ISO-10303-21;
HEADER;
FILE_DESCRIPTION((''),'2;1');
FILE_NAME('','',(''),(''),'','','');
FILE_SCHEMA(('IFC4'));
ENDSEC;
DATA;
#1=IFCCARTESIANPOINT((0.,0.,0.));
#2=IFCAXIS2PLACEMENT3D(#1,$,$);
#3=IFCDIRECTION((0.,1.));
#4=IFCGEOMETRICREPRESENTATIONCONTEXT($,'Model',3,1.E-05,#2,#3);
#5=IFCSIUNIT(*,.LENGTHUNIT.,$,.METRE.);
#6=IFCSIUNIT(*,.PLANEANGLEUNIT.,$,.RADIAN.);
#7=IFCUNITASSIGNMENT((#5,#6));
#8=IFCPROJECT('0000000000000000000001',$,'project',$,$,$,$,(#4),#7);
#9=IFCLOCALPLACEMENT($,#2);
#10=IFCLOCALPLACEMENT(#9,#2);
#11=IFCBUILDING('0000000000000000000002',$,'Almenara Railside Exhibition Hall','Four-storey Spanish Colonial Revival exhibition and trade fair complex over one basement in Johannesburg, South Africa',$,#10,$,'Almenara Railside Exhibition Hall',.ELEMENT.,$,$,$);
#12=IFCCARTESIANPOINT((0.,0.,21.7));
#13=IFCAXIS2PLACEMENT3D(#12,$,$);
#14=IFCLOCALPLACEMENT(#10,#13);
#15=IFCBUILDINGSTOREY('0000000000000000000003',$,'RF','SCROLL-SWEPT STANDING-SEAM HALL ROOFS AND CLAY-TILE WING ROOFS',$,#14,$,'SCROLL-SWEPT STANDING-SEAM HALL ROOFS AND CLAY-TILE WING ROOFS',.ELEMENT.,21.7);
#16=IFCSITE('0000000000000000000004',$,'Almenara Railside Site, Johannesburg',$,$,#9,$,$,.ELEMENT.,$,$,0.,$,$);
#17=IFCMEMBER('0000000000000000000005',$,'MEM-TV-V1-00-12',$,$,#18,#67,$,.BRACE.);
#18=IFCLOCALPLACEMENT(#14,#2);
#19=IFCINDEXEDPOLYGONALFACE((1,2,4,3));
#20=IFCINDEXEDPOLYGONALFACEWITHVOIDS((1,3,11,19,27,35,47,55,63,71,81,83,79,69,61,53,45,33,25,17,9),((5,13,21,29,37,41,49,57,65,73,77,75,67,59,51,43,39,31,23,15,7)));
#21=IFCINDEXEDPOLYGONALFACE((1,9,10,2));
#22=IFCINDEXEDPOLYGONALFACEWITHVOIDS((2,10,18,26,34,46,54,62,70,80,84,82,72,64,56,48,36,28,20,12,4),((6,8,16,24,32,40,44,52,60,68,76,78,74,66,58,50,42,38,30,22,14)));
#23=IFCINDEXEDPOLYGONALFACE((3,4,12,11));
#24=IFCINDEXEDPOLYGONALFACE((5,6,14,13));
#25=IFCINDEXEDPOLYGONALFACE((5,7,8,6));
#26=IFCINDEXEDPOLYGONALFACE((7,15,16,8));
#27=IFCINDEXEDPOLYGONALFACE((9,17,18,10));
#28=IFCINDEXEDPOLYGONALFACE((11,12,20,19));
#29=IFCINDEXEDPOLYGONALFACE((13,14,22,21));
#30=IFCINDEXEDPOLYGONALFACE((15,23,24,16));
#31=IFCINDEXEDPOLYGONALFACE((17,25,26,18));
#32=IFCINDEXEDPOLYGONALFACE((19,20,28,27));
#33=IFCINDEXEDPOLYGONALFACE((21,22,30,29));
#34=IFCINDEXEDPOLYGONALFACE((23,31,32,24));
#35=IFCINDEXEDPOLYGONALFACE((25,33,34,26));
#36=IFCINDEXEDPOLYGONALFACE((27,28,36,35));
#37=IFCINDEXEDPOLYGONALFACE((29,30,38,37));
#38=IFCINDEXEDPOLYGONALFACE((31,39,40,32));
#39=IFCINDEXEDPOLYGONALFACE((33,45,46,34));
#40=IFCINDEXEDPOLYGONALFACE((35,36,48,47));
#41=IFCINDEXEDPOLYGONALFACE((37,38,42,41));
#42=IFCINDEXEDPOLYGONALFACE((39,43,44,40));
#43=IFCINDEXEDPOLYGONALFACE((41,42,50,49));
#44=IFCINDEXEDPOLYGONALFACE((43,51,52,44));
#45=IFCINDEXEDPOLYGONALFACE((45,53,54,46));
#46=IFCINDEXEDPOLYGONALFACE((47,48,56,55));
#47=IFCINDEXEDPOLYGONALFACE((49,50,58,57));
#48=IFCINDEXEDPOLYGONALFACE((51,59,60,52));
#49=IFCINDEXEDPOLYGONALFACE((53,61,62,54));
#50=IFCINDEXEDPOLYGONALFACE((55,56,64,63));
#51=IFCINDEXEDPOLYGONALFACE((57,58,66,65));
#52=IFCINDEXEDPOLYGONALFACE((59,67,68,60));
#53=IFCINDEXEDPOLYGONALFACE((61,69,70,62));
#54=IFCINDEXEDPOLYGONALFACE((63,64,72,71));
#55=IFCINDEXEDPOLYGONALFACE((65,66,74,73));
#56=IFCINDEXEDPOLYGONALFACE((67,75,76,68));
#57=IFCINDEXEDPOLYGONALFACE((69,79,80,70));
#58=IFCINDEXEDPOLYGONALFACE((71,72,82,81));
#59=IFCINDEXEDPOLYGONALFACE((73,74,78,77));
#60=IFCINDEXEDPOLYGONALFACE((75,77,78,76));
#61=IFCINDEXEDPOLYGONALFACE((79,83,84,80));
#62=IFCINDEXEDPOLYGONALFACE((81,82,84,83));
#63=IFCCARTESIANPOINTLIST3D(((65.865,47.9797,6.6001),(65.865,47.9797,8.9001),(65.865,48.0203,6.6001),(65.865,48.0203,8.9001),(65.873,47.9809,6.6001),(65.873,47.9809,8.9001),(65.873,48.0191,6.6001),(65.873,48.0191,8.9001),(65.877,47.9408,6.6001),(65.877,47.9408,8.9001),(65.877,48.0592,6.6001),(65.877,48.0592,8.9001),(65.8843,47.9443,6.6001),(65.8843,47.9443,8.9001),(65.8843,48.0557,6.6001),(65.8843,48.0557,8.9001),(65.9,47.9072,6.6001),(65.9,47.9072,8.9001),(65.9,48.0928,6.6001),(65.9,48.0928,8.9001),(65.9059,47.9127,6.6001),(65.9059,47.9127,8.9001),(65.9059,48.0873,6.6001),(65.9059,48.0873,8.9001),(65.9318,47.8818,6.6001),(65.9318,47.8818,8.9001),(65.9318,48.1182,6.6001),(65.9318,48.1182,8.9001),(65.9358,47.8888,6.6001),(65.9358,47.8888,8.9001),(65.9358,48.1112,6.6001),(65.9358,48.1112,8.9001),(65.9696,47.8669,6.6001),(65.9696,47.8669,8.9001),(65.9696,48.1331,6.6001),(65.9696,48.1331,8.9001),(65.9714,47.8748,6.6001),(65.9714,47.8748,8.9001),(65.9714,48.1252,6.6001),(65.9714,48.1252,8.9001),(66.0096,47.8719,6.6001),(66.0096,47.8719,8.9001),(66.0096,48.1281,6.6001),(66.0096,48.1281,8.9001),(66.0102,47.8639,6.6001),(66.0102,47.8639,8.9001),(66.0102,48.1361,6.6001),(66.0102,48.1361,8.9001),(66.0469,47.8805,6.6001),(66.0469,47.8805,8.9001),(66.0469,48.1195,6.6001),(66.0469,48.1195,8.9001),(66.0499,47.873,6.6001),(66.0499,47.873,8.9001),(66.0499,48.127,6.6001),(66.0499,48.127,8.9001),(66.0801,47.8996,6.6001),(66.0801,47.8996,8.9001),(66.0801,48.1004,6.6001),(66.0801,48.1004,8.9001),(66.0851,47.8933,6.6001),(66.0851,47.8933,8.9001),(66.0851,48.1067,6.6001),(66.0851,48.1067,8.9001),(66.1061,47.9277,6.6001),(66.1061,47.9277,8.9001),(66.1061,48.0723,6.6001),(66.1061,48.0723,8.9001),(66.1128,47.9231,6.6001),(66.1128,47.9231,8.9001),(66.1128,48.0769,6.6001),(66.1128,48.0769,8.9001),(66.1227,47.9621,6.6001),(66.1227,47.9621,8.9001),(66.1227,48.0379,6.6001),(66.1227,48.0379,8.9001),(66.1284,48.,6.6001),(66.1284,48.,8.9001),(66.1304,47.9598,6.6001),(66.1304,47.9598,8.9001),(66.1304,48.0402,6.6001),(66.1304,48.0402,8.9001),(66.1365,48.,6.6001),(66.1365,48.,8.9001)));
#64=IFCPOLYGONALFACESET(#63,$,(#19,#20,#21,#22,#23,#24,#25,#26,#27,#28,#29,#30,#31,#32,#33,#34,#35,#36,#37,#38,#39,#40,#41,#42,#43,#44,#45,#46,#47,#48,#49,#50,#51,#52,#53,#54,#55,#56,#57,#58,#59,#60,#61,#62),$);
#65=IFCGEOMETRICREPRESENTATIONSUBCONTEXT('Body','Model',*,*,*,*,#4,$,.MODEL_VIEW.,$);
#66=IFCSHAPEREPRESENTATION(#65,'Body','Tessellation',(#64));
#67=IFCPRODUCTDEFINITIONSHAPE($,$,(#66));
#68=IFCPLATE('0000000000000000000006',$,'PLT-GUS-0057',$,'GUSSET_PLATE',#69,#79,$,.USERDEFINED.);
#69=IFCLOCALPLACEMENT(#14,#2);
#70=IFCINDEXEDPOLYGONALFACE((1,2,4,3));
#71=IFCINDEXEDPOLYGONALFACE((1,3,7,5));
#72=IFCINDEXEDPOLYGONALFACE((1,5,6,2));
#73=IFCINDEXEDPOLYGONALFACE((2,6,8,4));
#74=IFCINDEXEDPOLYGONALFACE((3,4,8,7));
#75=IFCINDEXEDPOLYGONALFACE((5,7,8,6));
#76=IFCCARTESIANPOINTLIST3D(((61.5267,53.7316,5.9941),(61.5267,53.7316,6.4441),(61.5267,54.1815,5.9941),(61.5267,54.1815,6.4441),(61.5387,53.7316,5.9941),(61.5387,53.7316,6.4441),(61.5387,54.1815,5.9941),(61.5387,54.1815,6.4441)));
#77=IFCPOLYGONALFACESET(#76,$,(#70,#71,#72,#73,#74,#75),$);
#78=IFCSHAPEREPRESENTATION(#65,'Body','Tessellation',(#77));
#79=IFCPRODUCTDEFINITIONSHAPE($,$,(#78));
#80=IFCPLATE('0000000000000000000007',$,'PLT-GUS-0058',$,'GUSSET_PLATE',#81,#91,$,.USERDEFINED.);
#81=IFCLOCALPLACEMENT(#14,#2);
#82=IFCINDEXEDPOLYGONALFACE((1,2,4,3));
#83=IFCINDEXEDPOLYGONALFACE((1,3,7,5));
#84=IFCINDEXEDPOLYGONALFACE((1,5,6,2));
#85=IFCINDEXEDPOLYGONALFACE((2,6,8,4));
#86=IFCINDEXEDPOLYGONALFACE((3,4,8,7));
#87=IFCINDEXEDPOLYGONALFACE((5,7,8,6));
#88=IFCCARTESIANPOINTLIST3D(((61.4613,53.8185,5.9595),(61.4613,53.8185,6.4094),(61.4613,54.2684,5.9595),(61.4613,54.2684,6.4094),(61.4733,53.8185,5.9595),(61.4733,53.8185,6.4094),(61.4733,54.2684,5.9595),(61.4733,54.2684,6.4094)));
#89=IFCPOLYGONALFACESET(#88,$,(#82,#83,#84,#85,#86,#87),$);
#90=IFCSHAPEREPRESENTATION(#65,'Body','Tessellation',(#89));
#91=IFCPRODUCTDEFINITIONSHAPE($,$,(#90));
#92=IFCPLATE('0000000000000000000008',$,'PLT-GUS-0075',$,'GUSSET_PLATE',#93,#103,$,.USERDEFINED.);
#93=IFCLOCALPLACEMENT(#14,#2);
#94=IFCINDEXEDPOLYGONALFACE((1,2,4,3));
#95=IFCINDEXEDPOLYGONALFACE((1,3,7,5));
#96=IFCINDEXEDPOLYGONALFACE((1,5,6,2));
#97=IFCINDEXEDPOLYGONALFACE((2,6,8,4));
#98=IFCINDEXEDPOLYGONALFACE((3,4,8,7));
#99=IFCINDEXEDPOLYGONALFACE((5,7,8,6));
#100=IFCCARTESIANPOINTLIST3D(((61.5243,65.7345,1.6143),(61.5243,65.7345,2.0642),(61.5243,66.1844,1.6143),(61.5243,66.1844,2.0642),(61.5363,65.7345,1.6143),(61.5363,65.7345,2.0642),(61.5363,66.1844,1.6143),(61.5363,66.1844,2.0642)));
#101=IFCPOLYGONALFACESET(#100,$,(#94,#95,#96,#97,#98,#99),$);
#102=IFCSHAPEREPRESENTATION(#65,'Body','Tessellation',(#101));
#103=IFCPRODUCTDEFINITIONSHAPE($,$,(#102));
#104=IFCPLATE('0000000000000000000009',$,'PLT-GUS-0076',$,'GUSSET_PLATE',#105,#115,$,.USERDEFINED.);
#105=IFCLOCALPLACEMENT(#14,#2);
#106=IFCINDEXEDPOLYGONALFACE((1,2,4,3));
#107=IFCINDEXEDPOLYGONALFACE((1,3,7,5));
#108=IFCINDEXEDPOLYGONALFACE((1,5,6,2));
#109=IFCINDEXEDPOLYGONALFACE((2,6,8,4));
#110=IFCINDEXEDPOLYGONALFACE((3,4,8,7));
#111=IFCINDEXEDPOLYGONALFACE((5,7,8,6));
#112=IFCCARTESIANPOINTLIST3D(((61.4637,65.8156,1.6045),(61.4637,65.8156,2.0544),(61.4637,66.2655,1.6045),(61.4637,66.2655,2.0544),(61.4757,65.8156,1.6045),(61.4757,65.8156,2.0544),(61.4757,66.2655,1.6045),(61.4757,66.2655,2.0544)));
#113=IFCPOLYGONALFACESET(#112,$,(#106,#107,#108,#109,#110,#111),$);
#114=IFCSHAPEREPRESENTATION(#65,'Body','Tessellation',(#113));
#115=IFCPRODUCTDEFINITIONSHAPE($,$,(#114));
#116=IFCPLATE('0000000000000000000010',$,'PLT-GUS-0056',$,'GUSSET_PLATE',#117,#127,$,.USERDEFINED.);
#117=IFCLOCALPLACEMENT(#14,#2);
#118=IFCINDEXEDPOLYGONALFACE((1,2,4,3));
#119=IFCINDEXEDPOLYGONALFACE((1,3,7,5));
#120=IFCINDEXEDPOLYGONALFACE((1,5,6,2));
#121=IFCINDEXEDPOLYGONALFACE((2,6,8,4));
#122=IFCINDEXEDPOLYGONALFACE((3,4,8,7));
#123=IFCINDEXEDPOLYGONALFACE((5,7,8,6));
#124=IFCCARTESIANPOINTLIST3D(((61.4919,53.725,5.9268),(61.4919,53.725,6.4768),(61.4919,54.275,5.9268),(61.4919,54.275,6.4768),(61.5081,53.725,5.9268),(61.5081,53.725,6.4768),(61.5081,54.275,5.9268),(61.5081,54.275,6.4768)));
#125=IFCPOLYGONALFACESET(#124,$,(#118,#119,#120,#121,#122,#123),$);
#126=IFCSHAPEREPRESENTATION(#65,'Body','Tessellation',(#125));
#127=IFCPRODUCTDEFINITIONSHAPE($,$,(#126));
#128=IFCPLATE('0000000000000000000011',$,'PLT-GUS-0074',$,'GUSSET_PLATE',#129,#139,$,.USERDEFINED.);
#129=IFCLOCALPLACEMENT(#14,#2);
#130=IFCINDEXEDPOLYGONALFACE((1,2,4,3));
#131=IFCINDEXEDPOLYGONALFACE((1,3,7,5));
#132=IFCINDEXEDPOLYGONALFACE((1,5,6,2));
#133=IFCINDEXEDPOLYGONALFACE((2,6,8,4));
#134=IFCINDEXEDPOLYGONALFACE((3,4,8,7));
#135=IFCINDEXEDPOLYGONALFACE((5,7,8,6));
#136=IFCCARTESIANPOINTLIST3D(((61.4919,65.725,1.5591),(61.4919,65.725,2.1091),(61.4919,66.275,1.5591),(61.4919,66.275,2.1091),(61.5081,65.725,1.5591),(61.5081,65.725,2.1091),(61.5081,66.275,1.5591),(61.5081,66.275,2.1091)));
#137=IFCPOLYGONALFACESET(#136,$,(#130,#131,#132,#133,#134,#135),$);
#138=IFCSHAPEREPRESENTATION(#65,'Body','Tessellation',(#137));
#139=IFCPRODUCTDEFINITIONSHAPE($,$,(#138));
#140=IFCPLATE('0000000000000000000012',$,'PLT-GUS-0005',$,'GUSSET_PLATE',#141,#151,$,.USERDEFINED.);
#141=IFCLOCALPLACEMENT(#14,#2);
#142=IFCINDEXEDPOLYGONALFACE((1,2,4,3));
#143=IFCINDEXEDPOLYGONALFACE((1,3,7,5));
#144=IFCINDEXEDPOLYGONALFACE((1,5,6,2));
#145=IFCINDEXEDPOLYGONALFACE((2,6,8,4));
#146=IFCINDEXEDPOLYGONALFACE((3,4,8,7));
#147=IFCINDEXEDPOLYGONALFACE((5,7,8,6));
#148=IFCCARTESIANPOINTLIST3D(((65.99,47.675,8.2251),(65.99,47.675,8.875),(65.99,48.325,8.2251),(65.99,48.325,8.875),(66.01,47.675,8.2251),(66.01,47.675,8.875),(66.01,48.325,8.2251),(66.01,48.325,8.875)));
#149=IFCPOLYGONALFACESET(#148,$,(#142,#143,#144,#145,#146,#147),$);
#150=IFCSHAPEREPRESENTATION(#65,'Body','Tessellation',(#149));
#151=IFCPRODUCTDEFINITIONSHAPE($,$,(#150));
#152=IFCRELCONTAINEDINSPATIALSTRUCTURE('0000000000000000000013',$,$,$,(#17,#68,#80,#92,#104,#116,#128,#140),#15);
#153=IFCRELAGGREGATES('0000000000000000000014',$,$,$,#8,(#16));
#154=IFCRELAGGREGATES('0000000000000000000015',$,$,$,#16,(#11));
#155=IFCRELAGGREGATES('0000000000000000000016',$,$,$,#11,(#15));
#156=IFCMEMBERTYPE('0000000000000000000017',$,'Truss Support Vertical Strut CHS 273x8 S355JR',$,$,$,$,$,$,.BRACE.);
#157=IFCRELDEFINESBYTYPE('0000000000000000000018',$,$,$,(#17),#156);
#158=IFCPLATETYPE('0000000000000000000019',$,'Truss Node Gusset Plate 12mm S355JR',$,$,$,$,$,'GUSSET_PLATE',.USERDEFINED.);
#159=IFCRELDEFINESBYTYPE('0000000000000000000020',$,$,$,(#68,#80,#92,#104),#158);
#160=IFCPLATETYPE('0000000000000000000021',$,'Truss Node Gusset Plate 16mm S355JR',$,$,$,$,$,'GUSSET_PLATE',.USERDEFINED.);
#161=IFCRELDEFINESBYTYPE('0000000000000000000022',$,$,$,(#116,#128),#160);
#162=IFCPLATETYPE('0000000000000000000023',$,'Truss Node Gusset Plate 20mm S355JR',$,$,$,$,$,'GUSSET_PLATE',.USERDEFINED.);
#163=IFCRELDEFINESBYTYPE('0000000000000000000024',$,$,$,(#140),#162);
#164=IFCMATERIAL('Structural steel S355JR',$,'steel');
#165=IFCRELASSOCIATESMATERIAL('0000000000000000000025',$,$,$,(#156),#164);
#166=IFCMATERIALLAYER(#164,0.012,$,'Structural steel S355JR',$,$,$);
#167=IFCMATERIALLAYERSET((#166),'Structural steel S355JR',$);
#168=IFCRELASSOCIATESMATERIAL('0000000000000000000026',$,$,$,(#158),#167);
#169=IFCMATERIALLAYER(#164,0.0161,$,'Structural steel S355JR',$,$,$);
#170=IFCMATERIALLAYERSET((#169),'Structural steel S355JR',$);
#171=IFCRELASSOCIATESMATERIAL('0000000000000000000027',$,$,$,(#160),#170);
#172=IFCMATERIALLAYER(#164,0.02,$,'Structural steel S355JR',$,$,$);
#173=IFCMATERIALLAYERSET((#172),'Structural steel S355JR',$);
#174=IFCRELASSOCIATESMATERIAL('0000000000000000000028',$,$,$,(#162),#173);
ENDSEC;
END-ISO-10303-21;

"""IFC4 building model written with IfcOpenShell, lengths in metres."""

from ifc_helpers import new_model, si_unit, direction, frame, origin, origin_2d, place, context, subcontext, project, spatial, rectangle, hollow_circle, extrude, material, layer, layer_set, material_profile, profile_set, type_object, element, save


model = new_model("IFC4")

# Units and contexts
model_context = context("Model", 3, precision=1e-05, world=origin(), true_north=direction((0.0, 1.0)))
body_context = subcontext(model_context, "Body", "Model", "MODEL_VIEW")
ifc_project = project(units=[si_unit("LENGTHUNIT", "METRE"), si_unit("PLANEANGLEUNIT", "RADIAN")], contexts=[model_context])

# Site, building, storey
site_placement = place(None, origin())
site = spatial("IfcSite", under=ifc_project, at=site_placement, Name="Almenara Railside Site, Johannesburg", CompositionType="ELEMENT", RefElevation=0.0)
building_placement = place(site_placement, origin())
building = spatial("IfcBuilding", under=site, at=building_placement, Name="Almenara Railside Exhibition Hall", Description="Four-storey Spanish Colonial Revival exhibition and trade fair complex over one basement in Johannesburg, South Africa", LongName="Almenara Railside Exhibition Hall", CompositionType="ELEMENT")
storey_placement = place(building_placement, frame((0.0, 0.0, 21.7)))
storey = spatial("IfcBuildingStorey", under=building, at=storey_placement, Name="RF", Description="SCROLL-SWEPT STANDING-SEAM HALL ROOFS AND CLAY-TILE WING ROOFS", LongName="SCROLL-SWEPT STANDING-SEAM HALL ROOFS AND CLAY-TILE WING ROOFS", CompositionType="ELEMENT", Elevation=21.7)

# Shared definitions
ifc_material_1 = material(Name="Structural steel S355JR", Category="steel")

# Member
ifc_material_profile_1 = material_profile(ifc_material_1, hollow_circle(Radius=0.1365, WallThickness=0.0081, at=origin_2d()), Name="CHS 273x8")
ifc_profile_set_1 = profile_set([ifc_material_profile_1], Name="Structural steel S355JR")
member_type_1 = type_object("IfcMemberType", Name="Truss Support Vertical Strut CHS 273x8 S355JR", PredefinedType="BRACE", material=ifc_profile_set_1)
member_1_placement = place(storey_placement, frame((66.0, 48.0, 6.6001), z_axis=(0.0, 0.0, 1.0), x_axis=(1.0, 0.0, 0.0)))
element("IfcMember", 1, at=member_1_placement, inside=storey, type_object=member_type_1, Name="MEM-TV-V1-00-12", PredefinedType="BRACE", context=body_context, shape_type="SweptSolid", body=[
    extrude(hollow_circle(Radius=0.1365, WallThickness=0.0081, at=origin_2d()), origin(), (0.0, 0.0, 1.0), 2.3),
])

# Plates
ifc_layer_1 = layer(ifc_material_1, 0.012, Name="Structural steel S355JR")
ifc_layer_set_1 = layer_set([ifc_layer_1], Name="Structural steel S355JR")
plate_type_1 = type_object("IfcPlateType", Name="Truss Node Gusset Plate 12mm S355JR", ElementType="GUSSET_PLATE", PredefinedType="USERDEFINED", material=ifc_layer_set_1)
for number, where, z_axis, x_axis, name in (
    (2, (61.5327, 53.9565, 5.9941), (0.0, 0.0, 1.0), (0.0, 1.0, 0.0), "PLT-GUS-0057"),
    (3, (61.4673, 54.0435, 5.9595), (0.0, 0.0, 1.0), (0.0, 1.0, 0.0), "PLT-GUS-0058"),
    (4, (61.5303, 65.9595, 1.6143), (0.0, 0.0, 1.0), (0.0, 1.0, 0.0), "PLT-GUS-0075"),
    (5, (61.4697, 66.0405, 1.6045), (0.0, 0.0, 1.0), (0.0, 1.0, 0.0), "PLT-GUS-0076"),
):
    element("IfcPlate", number, at=place(storey_placement, frame(where, z_axis=z_axis, x_axis=x_axis)), inside=storey, type_object=plate_type_1, Name=name, ObjectType="GUSSET_PLATE", PredefinedType="USERDEFINED", context=body_context, shape_type="SweptSolid", body=[
        extrude(rectangle(XDim=0.45, YDim=0.012, at=origin_2d()), origin(), (0.0, 0.0, 1.0), 0.45),
    ])
ifc_layer_2 = layer(ifc_material_1, 0.0161, Name="Structural steel S355JR")
ifc_layer_set_2 = layer_set([ifc_layer_2], Name="Structural steel S355JR")
plate_type_2 = type_object("IfcPlateType", Name="Truss Node Gusset Plate 16mm S355JR", ElementType="GUSSET_PLATE", PredefinedType="USERDEFINED", material=ifc_layer_set_2)
for number, where, z_axis, x_axis, name in (
    (6, (61.5, 54.0, 5.9268), (0.0, 0.0, 1.0), (0.0, 1.0, 0.0), "PLT-GUS-0056"),
    (7, (61.5, 66.0, 1.5591), (0.0, 0.0, 1.0), (0.0, 1.0, 0.0), "PLT-GUS-0074"),
):
    element("IfcPlate", number, at=place(storey_placement, frame(where, z_axis=z_axis, x_axis=x_axis)), inside=storey, type_object=plate_type_2, Name=name, ObjectType="GUSSET_PLATE", PredefinedType="USERDEFINED", context=body_context, shape_type="SweptSolid", body=[
        extrude(rectangle(XDim=0.55, YDim=0.0161, at=origin_2d()), origin(), (0.0, 0.0, 1.0), 0.55),
    ])
ifc_layer_3 = layer(ifc_material_1, 0.02, Name="Structural steel S355JR")
ifc_layer_set_3 = layer_set([ifc_layer_3], Name="Structural steel S355JR")
plate_type_3 = type_object("IfcPlateType", Name="Truss Node Gusset Plate 20mm S355JR", ElementType="GUSSET_PLATE", PredefinedType="USERDEFINED", material=ifc_layer_set_3)
plate_placement = place(storey_placement, frame((66.0, 48.0, 8.2251), z_axis=(0.0, 0.0, 1.0), x_axis=(0.0, 1.0, 0.0)))
element("IfcPlate", 8, at=plate_placement, inside=storey, type_object=plate_type_3, Name="PLT-GUS-0005", ObjectType="GUSSET_PLATE", PredefinedType="USERDEFINED", context=body_context, shape_type="SweptSolid", body=[
    extrude(rectangle(XDim=0.6499, YDim=0.02, at=origin_2d()), origin(), (0.0, 0.0, 1.0), 0.6499),
])

save(model, "model.ifc")
